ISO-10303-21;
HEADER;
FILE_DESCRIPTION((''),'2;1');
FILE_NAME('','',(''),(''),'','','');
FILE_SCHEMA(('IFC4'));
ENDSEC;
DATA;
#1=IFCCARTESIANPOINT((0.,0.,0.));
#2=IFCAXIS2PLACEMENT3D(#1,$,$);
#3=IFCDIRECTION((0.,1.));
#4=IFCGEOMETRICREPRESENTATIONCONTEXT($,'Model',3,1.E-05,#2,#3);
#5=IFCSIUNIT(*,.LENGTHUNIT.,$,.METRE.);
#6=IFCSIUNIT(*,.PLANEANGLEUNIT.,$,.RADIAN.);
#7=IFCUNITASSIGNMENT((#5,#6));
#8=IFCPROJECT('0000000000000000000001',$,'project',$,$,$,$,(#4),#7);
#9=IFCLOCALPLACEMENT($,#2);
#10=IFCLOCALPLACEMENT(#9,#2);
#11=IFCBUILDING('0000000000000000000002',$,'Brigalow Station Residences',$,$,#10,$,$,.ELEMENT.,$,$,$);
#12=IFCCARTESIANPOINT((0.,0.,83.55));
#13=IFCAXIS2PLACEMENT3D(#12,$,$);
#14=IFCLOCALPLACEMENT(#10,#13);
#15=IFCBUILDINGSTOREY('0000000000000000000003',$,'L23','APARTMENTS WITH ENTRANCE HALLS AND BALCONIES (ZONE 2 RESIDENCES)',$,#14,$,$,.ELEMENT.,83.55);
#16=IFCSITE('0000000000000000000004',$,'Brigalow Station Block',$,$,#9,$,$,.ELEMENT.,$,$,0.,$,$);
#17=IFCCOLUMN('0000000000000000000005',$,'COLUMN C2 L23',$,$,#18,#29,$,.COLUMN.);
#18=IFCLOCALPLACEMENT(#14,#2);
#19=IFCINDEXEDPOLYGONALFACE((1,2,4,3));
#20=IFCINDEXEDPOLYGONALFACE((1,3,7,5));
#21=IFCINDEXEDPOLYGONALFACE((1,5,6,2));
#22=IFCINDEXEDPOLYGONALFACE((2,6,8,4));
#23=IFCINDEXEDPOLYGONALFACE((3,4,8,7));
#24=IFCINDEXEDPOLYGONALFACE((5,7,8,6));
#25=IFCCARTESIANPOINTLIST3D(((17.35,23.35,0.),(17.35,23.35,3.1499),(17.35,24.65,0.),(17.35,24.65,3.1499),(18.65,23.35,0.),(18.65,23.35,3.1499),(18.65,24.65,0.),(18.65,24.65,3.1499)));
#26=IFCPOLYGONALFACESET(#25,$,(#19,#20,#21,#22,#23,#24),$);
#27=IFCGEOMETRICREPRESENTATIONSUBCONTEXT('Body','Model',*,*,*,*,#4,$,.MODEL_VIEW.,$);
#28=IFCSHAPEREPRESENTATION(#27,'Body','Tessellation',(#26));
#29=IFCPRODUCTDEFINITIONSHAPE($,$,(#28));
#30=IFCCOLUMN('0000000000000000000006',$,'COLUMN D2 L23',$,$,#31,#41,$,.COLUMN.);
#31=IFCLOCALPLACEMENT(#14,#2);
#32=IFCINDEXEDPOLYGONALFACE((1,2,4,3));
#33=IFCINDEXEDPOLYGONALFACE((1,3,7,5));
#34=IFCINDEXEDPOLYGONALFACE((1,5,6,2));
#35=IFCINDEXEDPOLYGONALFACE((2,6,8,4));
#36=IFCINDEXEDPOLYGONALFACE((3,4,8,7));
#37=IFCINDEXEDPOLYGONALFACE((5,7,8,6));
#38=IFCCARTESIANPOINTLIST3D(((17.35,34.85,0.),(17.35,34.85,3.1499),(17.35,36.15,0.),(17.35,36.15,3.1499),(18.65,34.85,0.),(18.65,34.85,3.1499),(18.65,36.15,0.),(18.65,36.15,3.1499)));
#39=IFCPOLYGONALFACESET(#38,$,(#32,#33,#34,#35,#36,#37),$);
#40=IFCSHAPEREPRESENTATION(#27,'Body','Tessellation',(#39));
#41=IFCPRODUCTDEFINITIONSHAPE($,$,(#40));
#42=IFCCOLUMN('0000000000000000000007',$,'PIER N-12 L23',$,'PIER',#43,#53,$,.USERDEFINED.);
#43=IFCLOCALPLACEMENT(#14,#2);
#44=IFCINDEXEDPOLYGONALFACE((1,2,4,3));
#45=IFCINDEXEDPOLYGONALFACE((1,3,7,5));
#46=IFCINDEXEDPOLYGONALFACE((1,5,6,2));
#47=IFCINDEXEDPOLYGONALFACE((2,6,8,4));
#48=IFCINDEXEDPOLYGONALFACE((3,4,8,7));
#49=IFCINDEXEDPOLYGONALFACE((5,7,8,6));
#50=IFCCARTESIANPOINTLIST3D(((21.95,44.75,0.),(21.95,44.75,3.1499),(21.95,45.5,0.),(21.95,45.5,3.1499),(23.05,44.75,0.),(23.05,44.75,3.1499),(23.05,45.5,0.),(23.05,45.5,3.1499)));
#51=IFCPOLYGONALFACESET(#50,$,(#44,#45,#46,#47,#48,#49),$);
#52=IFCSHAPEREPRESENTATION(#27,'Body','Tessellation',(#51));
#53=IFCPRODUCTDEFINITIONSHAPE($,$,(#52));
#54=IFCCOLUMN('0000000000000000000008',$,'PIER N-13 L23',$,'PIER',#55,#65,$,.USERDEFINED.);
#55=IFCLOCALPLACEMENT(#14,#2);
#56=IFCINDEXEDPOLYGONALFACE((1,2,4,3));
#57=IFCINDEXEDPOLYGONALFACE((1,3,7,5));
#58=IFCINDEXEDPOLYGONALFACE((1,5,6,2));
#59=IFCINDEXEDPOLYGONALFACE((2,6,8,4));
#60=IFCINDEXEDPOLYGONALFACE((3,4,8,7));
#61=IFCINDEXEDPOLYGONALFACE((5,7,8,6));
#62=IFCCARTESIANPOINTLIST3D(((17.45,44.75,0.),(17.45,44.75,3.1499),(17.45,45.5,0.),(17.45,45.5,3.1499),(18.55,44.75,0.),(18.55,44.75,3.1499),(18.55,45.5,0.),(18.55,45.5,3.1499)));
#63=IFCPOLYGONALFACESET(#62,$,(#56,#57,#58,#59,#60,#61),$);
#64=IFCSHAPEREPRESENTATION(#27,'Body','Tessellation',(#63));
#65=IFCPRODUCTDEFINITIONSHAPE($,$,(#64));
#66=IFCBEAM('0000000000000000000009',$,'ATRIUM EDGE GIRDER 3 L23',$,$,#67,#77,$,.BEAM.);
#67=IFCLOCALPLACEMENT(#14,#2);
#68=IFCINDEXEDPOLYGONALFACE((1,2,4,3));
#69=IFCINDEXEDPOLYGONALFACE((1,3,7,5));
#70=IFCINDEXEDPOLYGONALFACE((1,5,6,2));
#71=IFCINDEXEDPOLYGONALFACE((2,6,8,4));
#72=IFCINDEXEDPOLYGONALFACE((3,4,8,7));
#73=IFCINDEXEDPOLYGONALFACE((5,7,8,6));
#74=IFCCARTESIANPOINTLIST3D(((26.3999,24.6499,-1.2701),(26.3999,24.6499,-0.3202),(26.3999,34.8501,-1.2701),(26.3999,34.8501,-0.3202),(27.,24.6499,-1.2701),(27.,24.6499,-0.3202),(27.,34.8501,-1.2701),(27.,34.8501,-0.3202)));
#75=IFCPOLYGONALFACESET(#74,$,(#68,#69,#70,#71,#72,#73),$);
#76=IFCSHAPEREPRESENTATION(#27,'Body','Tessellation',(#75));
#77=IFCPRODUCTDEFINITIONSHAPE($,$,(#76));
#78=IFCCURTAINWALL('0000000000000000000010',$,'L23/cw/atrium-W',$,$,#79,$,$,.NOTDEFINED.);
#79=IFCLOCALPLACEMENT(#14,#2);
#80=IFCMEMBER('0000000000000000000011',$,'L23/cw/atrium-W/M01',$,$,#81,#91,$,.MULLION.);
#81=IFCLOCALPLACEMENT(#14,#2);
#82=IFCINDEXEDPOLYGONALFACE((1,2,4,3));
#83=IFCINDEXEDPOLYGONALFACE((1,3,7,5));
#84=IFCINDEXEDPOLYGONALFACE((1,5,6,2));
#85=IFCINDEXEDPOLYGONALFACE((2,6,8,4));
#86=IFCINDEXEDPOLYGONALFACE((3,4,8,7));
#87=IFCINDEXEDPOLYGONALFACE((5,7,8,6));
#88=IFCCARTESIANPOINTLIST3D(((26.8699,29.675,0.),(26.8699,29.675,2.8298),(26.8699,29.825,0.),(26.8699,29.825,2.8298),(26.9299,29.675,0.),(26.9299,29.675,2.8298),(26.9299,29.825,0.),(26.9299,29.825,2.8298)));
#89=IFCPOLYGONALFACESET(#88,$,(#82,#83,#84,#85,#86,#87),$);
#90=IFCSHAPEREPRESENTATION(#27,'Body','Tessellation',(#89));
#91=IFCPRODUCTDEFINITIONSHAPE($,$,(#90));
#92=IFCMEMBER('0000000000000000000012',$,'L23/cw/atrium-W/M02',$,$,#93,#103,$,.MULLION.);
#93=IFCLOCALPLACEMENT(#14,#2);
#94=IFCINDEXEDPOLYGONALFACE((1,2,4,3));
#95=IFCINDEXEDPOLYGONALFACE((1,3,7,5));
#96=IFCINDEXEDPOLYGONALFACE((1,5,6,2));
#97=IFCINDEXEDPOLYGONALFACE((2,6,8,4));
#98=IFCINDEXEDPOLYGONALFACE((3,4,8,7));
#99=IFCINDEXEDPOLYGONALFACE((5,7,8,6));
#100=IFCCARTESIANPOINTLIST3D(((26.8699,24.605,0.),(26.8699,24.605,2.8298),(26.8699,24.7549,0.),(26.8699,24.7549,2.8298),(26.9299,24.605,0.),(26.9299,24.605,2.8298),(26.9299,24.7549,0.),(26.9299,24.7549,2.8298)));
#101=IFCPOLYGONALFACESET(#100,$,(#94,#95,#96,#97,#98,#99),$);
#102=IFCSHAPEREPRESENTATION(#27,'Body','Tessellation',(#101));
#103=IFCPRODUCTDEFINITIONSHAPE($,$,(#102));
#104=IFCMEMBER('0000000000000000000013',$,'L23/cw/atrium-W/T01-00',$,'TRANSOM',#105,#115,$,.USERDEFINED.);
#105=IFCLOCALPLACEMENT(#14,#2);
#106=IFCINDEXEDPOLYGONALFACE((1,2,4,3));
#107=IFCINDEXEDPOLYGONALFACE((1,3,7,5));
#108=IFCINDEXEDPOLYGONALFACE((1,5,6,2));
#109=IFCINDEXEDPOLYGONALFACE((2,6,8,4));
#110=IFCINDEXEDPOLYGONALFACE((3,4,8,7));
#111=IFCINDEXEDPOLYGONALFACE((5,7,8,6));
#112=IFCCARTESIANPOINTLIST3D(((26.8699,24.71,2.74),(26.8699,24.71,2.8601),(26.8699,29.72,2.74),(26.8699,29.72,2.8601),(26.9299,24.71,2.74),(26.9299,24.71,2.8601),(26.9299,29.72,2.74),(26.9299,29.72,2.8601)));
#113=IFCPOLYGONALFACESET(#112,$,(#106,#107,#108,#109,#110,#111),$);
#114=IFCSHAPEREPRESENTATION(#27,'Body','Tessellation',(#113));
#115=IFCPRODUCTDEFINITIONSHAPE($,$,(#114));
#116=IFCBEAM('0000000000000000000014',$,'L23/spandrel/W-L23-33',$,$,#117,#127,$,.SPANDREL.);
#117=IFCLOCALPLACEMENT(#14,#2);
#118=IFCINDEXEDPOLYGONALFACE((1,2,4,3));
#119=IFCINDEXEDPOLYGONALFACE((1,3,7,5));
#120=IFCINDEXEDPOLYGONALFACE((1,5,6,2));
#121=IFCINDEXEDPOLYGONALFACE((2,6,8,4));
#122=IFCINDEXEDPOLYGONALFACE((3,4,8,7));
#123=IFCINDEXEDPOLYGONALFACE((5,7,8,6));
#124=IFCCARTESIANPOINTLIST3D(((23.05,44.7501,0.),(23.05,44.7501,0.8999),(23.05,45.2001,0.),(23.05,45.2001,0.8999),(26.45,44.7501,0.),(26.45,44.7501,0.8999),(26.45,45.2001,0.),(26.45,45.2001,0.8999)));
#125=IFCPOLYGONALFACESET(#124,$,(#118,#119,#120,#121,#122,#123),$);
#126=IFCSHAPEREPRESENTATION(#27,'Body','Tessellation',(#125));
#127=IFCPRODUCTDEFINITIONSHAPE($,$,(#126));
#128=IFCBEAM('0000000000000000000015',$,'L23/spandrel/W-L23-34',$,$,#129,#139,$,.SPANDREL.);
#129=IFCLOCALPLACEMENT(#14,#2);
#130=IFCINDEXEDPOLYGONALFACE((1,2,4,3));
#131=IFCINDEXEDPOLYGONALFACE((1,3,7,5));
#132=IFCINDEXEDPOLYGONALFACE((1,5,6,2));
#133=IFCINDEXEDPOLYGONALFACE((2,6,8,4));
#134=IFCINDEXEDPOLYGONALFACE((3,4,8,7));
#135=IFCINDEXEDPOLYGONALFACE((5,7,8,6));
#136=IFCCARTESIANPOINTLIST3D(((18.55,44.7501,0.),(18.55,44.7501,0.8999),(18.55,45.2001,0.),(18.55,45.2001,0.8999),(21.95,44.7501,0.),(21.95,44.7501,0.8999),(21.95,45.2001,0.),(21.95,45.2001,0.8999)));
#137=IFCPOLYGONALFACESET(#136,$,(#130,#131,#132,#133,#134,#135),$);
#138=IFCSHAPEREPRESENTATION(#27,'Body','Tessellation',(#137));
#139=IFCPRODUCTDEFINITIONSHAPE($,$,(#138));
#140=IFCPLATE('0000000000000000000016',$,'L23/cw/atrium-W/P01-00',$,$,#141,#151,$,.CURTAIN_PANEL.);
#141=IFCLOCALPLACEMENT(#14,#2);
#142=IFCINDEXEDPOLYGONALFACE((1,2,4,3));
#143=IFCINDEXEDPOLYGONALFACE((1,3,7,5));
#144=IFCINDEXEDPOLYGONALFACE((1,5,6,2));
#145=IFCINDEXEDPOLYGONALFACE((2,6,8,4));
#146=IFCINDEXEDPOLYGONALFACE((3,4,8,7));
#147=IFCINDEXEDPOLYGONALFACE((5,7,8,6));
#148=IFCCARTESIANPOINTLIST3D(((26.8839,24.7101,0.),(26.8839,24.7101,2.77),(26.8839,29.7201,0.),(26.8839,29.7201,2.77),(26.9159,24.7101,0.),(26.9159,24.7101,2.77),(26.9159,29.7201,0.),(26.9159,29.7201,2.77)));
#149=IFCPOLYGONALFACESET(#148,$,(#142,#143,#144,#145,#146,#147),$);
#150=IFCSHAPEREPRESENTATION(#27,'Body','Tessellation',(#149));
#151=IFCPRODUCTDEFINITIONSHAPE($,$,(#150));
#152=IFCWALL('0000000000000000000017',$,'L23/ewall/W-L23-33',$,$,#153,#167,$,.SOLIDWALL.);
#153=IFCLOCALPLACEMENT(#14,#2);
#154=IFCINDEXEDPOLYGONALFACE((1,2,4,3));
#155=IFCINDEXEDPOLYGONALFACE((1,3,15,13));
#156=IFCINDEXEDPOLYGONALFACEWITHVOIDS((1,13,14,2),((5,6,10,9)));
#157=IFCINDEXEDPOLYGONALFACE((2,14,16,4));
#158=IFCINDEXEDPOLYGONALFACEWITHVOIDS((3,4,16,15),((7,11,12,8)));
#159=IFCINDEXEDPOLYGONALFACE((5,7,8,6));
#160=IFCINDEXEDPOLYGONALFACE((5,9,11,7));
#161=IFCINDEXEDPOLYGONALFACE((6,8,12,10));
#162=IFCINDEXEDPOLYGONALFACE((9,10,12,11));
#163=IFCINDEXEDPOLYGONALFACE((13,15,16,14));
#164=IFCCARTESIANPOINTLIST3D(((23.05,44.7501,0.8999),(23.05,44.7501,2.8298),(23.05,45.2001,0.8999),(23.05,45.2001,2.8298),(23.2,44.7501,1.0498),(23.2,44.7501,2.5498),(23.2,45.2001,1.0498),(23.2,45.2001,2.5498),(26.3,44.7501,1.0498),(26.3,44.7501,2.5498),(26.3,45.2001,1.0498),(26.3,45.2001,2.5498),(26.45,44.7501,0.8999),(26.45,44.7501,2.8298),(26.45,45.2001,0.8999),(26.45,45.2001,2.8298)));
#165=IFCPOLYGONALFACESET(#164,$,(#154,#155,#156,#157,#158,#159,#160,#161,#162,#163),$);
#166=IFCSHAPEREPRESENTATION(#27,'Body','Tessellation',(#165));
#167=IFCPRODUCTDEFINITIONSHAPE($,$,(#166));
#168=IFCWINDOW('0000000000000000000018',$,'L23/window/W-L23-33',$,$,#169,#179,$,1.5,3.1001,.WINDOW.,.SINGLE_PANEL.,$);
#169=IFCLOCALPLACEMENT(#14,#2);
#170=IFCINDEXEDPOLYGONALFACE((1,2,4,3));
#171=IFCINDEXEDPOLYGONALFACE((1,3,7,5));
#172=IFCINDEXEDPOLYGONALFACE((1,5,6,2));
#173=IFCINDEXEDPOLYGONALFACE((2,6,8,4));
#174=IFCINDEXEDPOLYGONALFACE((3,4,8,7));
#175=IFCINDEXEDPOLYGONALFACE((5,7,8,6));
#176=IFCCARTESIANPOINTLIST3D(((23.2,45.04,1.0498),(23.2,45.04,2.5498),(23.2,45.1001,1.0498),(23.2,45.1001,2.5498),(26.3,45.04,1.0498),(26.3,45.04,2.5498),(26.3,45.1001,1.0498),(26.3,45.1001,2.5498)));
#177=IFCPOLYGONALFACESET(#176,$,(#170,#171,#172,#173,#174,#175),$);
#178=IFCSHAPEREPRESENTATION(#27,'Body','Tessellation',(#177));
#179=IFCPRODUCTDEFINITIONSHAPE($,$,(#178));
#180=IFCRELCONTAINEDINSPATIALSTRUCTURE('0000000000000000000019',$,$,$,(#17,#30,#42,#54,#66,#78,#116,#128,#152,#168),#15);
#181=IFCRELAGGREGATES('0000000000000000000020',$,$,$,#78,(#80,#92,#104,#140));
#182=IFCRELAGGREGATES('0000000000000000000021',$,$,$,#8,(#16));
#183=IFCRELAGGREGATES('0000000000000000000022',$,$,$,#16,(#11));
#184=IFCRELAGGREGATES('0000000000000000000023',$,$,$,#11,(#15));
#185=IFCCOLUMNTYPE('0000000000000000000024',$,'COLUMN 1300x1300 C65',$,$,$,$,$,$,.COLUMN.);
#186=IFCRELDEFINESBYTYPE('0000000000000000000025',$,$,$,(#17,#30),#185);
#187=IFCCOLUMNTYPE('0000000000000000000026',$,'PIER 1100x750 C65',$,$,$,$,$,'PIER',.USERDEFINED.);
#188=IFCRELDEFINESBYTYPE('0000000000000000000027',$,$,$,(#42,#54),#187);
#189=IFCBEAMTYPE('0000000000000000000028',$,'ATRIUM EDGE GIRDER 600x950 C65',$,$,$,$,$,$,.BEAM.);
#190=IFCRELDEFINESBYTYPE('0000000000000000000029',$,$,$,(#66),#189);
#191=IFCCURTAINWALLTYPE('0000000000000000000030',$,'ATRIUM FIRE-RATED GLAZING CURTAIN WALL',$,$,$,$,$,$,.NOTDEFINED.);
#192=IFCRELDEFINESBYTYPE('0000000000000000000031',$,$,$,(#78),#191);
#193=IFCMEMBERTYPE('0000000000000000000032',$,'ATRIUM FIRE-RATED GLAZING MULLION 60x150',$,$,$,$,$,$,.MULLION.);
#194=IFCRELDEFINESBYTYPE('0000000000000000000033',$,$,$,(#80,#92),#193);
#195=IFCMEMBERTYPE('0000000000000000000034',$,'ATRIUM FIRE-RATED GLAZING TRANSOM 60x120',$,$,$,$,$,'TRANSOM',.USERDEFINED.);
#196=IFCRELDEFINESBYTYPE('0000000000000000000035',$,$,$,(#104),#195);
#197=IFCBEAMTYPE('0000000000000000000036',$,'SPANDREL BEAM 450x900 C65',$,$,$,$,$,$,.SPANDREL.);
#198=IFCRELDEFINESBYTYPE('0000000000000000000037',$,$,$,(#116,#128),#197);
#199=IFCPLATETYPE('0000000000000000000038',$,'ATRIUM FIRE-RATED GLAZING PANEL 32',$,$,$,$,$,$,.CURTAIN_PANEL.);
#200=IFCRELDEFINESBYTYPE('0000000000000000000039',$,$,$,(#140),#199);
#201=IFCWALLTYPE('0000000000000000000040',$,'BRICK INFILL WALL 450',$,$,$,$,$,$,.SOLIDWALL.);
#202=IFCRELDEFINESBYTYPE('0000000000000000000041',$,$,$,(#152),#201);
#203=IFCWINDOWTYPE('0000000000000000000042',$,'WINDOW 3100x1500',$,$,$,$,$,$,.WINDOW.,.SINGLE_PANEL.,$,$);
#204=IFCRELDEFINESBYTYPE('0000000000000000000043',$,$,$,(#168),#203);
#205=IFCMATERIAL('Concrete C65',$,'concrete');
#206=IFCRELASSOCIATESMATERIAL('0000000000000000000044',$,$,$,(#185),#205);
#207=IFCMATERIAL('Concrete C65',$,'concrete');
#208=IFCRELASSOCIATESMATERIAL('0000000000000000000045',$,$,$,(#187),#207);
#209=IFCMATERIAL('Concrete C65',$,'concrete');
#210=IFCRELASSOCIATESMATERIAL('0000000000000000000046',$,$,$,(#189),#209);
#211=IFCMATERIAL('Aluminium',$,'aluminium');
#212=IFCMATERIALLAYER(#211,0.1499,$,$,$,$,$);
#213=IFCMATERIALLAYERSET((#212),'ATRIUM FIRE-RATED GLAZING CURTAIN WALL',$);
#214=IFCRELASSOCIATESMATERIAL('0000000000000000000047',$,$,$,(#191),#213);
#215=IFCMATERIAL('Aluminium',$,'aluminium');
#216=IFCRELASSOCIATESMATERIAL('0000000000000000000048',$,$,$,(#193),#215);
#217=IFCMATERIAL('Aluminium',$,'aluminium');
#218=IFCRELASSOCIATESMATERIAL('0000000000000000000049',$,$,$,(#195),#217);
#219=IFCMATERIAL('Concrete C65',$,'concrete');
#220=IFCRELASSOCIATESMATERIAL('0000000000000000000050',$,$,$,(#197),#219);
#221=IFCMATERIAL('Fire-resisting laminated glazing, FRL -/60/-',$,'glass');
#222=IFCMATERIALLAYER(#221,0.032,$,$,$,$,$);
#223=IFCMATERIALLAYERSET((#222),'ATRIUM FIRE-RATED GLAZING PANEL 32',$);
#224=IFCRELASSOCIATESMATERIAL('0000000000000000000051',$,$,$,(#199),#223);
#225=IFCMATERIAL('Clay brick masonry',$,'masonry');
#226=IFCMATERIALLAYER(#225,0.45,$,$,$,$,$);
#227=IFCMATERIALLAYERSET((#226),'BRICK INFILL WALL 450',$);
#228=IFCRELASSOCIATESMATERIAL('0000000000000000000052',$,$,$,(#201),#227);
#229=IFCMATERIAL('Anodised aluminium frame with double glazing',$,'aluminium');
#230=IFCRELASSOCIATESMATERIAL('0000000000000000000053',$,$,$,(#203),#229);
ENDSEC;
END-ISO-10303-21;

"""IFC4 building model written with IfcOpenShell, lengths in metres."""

from ifc_helpers import new_model, si_unit, direction, frame, frame_2d, origin, origin_2d, place, context, subcontext, project, spatial, rectangle, extrude, material, layer, layer_set, material_profile, profile_set, type_object, element, fill, aggregate, save


model = new_model("IFC4")

# Units and contexts
model_context = context("Model", 3, precision=1e-05, world=origin(), true_north=direction((0.0, 1.0)))
body_context = subcontext(model_context, "Body", "Model", "MODEL_VIEW")
ifc_project = project(units=[si_unit("LENGTHUNIT", "METRE"), si_unit("PLANEANGLEUNIT", "RADIAN")], contexts=[model_context])

# Site, building, storey
site_placement = place(None, origin())
site = spatial("IfcSite", under=ifc_project, at=site_placement, Name="Brigalow Station Block", CompositionType="ELEMENT", RefElevation=0.0)
building_placement = place(site_placement, origin())
building = spatial("IfcBuilding", under=site, at=building_placement, Name="Brigalow Station Residences", CompositionType="ELEMENT")
storey_placement = place(building_placement, frame((0.0, 0.0, 83.55)))
storey = spatial("IfcBuildingStorey", under=building, at=storey_placement, Name="L23", Description="APARTMENTS WITH ENTRANCE HALLS AND BALCONIES (ZONE 2 RESIDENCES)", CompositionType="ELEMENT", Elevation=83.55)

# Columns
ifc_material_1 = material(Name="Concrete C65", Category="concrete")
ifc_material_profile_1 = material_profile(ifc_material_1, rectangle(XDim=1.3, YDim=1.3, at=origin_2d()), Name="RC1300x1300")
ifc_profile_set_1 = profile_set([ifc_material_profile_1], Name="Concrete C65")
column_type_1 = type_object("IfcColumnType", Name="COLUMN 1300x1300 C65", PredefinedType="COLUMN", material=ifc_profile_set_1)
for number, where, z_axis, x_axis, name in (
    (1, (18.0, 24.0, 0.0), (0.0, 0.0, 1.0), (1.0, 0.0, 0.0), "COLUMN C2 L23"),
    (2, (18.0, 35.5, 0.0), (0.0, 0.0, 1.0), (1.0, 0.0, 0.0), "COLUMN D2 L23"),
):
    element("IfcColumn", number, at=place(storey_placement, frame(where, z_axis=z_axis, x_axis=x_axis)), inside=storey, type_object=column_type_1, Name=name, PredefinedType="COLUMN", context=body_context, shape_type="SweptSolid", body=[
        extrude(rectangle(XDim=1.3, YDim=1.3, at=origin_2d()), origin(), (0.0, 0.0, 1.0), 3.1499),
    ])
ifc_material_2 = material(Name="Concrete C65", Category="concrete")
ifc_material_profile_2 = material_profile(ifc_material_2, rectangle(XDim=1.1001, YDim=0.75, at=origin_2d()), Name="RC1100x750")
ifc_profile_set_2 = profile_set([ifc_material_profile_2], Name="Concrete C65")
column_type_2 = type_object("IfcColumnType", Name="PIER 1100x750 C65", ElementType="PIER", PredefinedType="USERDEFINED", material=ifc_profile_set_2)
for number, where, z_axis, x_axis, name in (
    (3, (22.5, 45.125, 0.0), (0.0, 0.0, 1.0), (-1.0, 0.0, 0.0), "PIER N-12 L23"),
    (4, (18.0, 45.125, 0.0), (0.0, 0.0, 1.0), (-1.0, 0.0, 0.0), "PIER N-13 L23"),
):
    element("IfcColumn", number, at=place(storey_placement, frame(where, z_axis=z_axis, x_axis=x_axis)), inside=storey, type_object=column_type_2, Name=name, ObjectType="PIER", PredefinedType="USERDEFINED", context=body_context, shape_type="SweptSolid", body=[
        extrude(rectangle(XDim=1.1001, YDim=0.75, at=origin_2d()), origin(), (0.0, 0.0, 1.0), 3.1499),
    ])

# Beam
ifc_material_3 = material(Name="Concrete C65", Category="concrete")
ifc_material_profile_3 = material_profile(ifc_material_3, rectangle(XDim=0.6001, YDim=0.95, at=origin_2d()), Name="RC600x950")
ifc_profile_set_3 = profile_set([ifc_material_profile_3], Name="Concrete C65")
beam_type_1 = type_object("IfcBeamType", Name="ATRIUM EDGE GIRDER 600x950 C65", PredefinedType="BEAM", material=ifc_profile_set_3)
beam_placement = place(storey_placement, frame((26.7, 24.6499, -0.7952), z_axis=(0.0, 1.0, 0.0), x_axis=(-1.0, 0.0, 0.0)))
element("IfcBeam", 5, at=beam_placement, inside=storey, type_object=beam_type_1, Name="ATRIUM EDGE GIRDER 3 L23", PredefinedType="BEAM", context=body_context, shape_type="SweptSolid", body=[
    extrude(rectangle(XDim=0.6001, YDim=0.95, at=origin_2d()), origin(), (0.0, 0.0, 1.0), 10.2002),
])

# Curtain wall, members
ifc_material_4 = material(Name="Aluminium", Category="aluminium")
ifc_layer_1 = layer(ifc_material_4, 0.1499)
ifc_layer_set_1 = layer_set([ifc_layer_1], Name="ATRIUM FIRE-RATED GLAZING CURTAIN WALL")
curtain_wall_type = type_object("IfcCurtainWallType", Name="ATRIUM FIRE-RATED GLAZING CURTAIN WALL", PredefinedType="NOTDEFINED", material=ifc_layer_set_1)
curtain_wall_placement = place(storey_placement, origin())
curtain_wall = element("IfcCurtainWall", 6, at=curtain_wall_placement, inside=storey, type_object=curtain_wall_type, Name="L23/cw/atrium-W", PredefinedType="NOTDEFINED")
ifc_material_5 = material(Name="Aluminium", Category="aluminium")
ifc_material_profile_4 = material_profile(ifc_material_5, rectangle(XDim=0.0601, YDim=0.1499, at=origin_2d()), Name="ATRIUM FIRE-RATED GLAZING MULLION 60x150")
ifc_profile_set_4 = profile_set([ifc_material_profile_4], Name="Aluminium")
member_type_1 = type_object("IfcMemberType", Name="ATRIUM FIRE-RATED GLAZING MULLION 60x150", PredefinedType="MULLION", material=ifc_profile_set_4)
member_1_placement = place(storey_placement, frame((26.8999, 29.75, 0.0), z_axis=(0.0, 0.0, 1.0), x_axis=(1.0, 0.0, 0.0)))
member_1 = element("IfcMember", 7, at=member_1_placement, type_object=member_type_1, Name="L23/cw/atrium-W/M01", PredefinedType="MULLION", context=body_context, shape_type="SweptSolid", body=[
    extrude(rectangle(XDim=0.0601, YDim=0.1499, at=origin_2d()), origin(), (0.0, 0.0, 1.0), 2.8298),
])
member_2_placement = place(storey_placement, frame((26.8999, 24.6799, 0.0), z_axis=(0.0, 0.0, 1.0), x_axis=(1.0, 0.0, 0.0)))
member_2 = element("IfcMember", 8, at=member_2_placement, type_object=member_type_1, Name="L23/cw/atrium-W/M02", PredefinedType="MULLION", context=body_context, shape_type="SweptSolid", body=[
    extrude(rectangle(XDim=0.0601, YDim=0.1499, at=origin_2d()), origin(), (0.0, 0.0, 1.0), 2.8298),
])
ifc_material_6 = material(Name="Aluminium", Category="aluminium")
ifc_material_profile_5 = material_profile(ifc_material_6, rectangle(XDim=0.0601, YDim=0.1201, at=origin_2d()), Name="ATRIUM FIRE-RATED GLAZING TRANSOM 60x120")
ifc_profile_set_5 = profile_set([ifc_material_profile_5], Name="Aluminium")
member_type_2 = type_object("IfcMemberType", Name="ATRIUM FIRE-RATED GLAZING TRANSOM 60x120", ElementType="TRANSOM", PredefinedType="USERDEFINED", material=ifc_profile_set_5)
member_3_placement = place(storey_placement, frame((26.8999, 29.72, 2.8), z_axis=(0.0, -1.0, 0.0), x_axis=(1.0, 0.0, 0.0)))
member_3 = element("IfcMember", 9, at=member_3_placement, type_object=member_type_2, Name="L23/cw/atrium-W/T01-00", ObjectType="TRANSOM", PredefinedType="USERDEFINED", context=body_context, shape_type="SweptSolid", body=[
    extrude(rectangle(XDim=0.0601, YDim=0.1201, at=origin_2d()), origin(), (0.0, 0.0, 1.0), 5.01),
])

# Beams
ifc_material_7 = material(Name="Concrete C65", Category="concrete")
ifc_material_profile_6 = material_profile(ifc_material_7, rectangle(XDim=0.45, YDim=0.8999, at=origin_2d()), Name="RC450x900")
ifc_profile_set_6 = profile_set([ifc_material_profile_6], Name="Concrete C65")
beam_type_2 = type_object("IfcBeamType", Name="SPANDREL BEAM 450x900 C65", PredefinedType="SPANDREL", material=ifc_profile_set_6)
for number, where, z_axis, x_axis, name in (
    (10, (26.45, 44.9751, 0.45), (-1.0, 0.0, 0.0), (0.0, -1.0, 0.0), "L23/spandrel/W-L23-33"),
    (11, (21.95, 44.9751, 0.45), (-1.0, 0.0, 0.0), (0.0, -1.0, 0.0), "L23/spandrel/W-L23-34"),
):
    element("IfcBeam", number, at=place(storey_placement, frame(where, z_axis=z_axis, x_axis=x_axis)), inside=storey, type_object=beam_type_2, Name=name, PredefinedType="SPANDREL", context=body_context, shape_type="SweptSolid", body=[
        extrude(rectangle(XDim=0.45, YDim=0.8999, at=origin_2d()), origin(), (0.0, 0.0, 1.0), 3.3999),
    ])

# Plate
ifc_material_8 = material(Name="Fire-resisting laminated glazing, FRL -/60/-", Category="glass")
ifc_layer_2 = layer(ifc_material_8, 0.032)
ifc_layer_set_2 = layer_set([ifc_layer_2], Name="ATRIUM FIRE-RATED GLAZING PANEL 32")
plate_type = type_object("IfcPlateType", Name="ATRIUM FIRE-RATED GLAZING PANEL 32", PredefinedType="CURTAIN_PANEL", material=ifc_layer_set_2)
plate_placement = place(storey_placement, frame((26.8999, 27.2151, 0.0), z_axis=(0.0, 0.0, 1.0), x_axis=(0.0, -1.0, 0.0)))
plate = element("IfcPlate", 12, at=plate_placement, type_object=plate_type, Name="L23/cw/atrium-W/P01-00", PredefinedType="CURTAIN_PANEL", context=body_context, shape_type="SweptSolid", body=[
    extrude(rectangle(XDim=5.01, YDim=0.032, at=origin_2d()), origin(), (0.0, 0.0, 1.0), 2.77),
])
aggregate(curtain_wall, [member_1, member_2, member_3, plate])

# Wall, opening, window
ifc_material_9 = material(Name="Clay brick masonry", Category="masonry")
ifc_layer_3 = layer(ifc_material_9, 0.45)
ifc_layer_set_3 = layer_set([ifc_layer_3], Name="BRICK INFILL WALL 450")
wall_type_1 = type_object("IfcWallType", Name="BRICK INFILL WALL 450", PredefinedType="SOLIDWALL", material=ifc_layer_set_3)
wall_1_placement = place(storey_placement, frame((26.45, 44.9751, 0.8999), z_axis=(0.0, 0.0, 1.0), x_axis=(-1.0, 0.0, 0.0)))
wall_1 = element("IfcWall", 13, at=wall_1_placement, inside=storey, type_object=wall_type_1, Name="L23/ewall/W-L23-33", PredefinedType="SOLIDWALL", context=body_context, shape_type="SweptSolid", body=[
    extrude(rectangle(XDim=3.3999, YDim=0.45, at=frame_2d((1.7, 0.0))), origin(), (0.0, 0.0, 1.0), 1.9299),
])
opening_1_placement = place(wall_1_placement, frame((0.1499, 0.0, 0.1499)))
opening_1 = element("IfcOpeningElement", 14, at=opening_1_placement, cuts=wall_1, PredefinedType="OPENING", context=body_context, shape_type="SweptSolid", body=[
    extrude(rectangle(XDim=3.1001, YDim=1.5, at=frame_2d((1.55, 0.75))), frame((0.0, 0.2349, 0.0), z_axis=(0.0, -1.0, 0.0), x_axis=(1.0, 0.0, 0.0)), (0.0, 0.0, 1.0), 0.47),
])
ifc_material_10 = material(Name="Anodised aluminium frame with double glazing", Category="aluminium")
window_type = type_object("IfcWindowType", Name="WINDOW 3100x1500", PartitioningType="SINGLE_PANEL", PredefinedType="WINDOW", material=ifc_material_10)
window_1_placement = place(opening_1_placement, origin())
window_1 = element("IfcWindow", 15, at=window_1_placement, inside=storey, type_object=window_type, Name="L23/window/W-L23-33", OverallHeight=1.5, OverallWidth=3.1001, PartitioningType="SINGLE_PANEL", PredefinedType="WINDOW", context=body_context, shape_type="SweptSolid", body=[
    extrude(rectangle(XDim=3.1001, YDim=1.5, at=frame_2d((1.55, 0.75))), frame((0.0, -0.0649, 0.0), z_axis=(0.0, -1.0, 0.0), x_axis=(1.0, 0.0, 0.0)), (0.0, 0.0, 1.0), 0.0601),
])
fill(opening_1, window_1)

save(model, "model.ifc")
